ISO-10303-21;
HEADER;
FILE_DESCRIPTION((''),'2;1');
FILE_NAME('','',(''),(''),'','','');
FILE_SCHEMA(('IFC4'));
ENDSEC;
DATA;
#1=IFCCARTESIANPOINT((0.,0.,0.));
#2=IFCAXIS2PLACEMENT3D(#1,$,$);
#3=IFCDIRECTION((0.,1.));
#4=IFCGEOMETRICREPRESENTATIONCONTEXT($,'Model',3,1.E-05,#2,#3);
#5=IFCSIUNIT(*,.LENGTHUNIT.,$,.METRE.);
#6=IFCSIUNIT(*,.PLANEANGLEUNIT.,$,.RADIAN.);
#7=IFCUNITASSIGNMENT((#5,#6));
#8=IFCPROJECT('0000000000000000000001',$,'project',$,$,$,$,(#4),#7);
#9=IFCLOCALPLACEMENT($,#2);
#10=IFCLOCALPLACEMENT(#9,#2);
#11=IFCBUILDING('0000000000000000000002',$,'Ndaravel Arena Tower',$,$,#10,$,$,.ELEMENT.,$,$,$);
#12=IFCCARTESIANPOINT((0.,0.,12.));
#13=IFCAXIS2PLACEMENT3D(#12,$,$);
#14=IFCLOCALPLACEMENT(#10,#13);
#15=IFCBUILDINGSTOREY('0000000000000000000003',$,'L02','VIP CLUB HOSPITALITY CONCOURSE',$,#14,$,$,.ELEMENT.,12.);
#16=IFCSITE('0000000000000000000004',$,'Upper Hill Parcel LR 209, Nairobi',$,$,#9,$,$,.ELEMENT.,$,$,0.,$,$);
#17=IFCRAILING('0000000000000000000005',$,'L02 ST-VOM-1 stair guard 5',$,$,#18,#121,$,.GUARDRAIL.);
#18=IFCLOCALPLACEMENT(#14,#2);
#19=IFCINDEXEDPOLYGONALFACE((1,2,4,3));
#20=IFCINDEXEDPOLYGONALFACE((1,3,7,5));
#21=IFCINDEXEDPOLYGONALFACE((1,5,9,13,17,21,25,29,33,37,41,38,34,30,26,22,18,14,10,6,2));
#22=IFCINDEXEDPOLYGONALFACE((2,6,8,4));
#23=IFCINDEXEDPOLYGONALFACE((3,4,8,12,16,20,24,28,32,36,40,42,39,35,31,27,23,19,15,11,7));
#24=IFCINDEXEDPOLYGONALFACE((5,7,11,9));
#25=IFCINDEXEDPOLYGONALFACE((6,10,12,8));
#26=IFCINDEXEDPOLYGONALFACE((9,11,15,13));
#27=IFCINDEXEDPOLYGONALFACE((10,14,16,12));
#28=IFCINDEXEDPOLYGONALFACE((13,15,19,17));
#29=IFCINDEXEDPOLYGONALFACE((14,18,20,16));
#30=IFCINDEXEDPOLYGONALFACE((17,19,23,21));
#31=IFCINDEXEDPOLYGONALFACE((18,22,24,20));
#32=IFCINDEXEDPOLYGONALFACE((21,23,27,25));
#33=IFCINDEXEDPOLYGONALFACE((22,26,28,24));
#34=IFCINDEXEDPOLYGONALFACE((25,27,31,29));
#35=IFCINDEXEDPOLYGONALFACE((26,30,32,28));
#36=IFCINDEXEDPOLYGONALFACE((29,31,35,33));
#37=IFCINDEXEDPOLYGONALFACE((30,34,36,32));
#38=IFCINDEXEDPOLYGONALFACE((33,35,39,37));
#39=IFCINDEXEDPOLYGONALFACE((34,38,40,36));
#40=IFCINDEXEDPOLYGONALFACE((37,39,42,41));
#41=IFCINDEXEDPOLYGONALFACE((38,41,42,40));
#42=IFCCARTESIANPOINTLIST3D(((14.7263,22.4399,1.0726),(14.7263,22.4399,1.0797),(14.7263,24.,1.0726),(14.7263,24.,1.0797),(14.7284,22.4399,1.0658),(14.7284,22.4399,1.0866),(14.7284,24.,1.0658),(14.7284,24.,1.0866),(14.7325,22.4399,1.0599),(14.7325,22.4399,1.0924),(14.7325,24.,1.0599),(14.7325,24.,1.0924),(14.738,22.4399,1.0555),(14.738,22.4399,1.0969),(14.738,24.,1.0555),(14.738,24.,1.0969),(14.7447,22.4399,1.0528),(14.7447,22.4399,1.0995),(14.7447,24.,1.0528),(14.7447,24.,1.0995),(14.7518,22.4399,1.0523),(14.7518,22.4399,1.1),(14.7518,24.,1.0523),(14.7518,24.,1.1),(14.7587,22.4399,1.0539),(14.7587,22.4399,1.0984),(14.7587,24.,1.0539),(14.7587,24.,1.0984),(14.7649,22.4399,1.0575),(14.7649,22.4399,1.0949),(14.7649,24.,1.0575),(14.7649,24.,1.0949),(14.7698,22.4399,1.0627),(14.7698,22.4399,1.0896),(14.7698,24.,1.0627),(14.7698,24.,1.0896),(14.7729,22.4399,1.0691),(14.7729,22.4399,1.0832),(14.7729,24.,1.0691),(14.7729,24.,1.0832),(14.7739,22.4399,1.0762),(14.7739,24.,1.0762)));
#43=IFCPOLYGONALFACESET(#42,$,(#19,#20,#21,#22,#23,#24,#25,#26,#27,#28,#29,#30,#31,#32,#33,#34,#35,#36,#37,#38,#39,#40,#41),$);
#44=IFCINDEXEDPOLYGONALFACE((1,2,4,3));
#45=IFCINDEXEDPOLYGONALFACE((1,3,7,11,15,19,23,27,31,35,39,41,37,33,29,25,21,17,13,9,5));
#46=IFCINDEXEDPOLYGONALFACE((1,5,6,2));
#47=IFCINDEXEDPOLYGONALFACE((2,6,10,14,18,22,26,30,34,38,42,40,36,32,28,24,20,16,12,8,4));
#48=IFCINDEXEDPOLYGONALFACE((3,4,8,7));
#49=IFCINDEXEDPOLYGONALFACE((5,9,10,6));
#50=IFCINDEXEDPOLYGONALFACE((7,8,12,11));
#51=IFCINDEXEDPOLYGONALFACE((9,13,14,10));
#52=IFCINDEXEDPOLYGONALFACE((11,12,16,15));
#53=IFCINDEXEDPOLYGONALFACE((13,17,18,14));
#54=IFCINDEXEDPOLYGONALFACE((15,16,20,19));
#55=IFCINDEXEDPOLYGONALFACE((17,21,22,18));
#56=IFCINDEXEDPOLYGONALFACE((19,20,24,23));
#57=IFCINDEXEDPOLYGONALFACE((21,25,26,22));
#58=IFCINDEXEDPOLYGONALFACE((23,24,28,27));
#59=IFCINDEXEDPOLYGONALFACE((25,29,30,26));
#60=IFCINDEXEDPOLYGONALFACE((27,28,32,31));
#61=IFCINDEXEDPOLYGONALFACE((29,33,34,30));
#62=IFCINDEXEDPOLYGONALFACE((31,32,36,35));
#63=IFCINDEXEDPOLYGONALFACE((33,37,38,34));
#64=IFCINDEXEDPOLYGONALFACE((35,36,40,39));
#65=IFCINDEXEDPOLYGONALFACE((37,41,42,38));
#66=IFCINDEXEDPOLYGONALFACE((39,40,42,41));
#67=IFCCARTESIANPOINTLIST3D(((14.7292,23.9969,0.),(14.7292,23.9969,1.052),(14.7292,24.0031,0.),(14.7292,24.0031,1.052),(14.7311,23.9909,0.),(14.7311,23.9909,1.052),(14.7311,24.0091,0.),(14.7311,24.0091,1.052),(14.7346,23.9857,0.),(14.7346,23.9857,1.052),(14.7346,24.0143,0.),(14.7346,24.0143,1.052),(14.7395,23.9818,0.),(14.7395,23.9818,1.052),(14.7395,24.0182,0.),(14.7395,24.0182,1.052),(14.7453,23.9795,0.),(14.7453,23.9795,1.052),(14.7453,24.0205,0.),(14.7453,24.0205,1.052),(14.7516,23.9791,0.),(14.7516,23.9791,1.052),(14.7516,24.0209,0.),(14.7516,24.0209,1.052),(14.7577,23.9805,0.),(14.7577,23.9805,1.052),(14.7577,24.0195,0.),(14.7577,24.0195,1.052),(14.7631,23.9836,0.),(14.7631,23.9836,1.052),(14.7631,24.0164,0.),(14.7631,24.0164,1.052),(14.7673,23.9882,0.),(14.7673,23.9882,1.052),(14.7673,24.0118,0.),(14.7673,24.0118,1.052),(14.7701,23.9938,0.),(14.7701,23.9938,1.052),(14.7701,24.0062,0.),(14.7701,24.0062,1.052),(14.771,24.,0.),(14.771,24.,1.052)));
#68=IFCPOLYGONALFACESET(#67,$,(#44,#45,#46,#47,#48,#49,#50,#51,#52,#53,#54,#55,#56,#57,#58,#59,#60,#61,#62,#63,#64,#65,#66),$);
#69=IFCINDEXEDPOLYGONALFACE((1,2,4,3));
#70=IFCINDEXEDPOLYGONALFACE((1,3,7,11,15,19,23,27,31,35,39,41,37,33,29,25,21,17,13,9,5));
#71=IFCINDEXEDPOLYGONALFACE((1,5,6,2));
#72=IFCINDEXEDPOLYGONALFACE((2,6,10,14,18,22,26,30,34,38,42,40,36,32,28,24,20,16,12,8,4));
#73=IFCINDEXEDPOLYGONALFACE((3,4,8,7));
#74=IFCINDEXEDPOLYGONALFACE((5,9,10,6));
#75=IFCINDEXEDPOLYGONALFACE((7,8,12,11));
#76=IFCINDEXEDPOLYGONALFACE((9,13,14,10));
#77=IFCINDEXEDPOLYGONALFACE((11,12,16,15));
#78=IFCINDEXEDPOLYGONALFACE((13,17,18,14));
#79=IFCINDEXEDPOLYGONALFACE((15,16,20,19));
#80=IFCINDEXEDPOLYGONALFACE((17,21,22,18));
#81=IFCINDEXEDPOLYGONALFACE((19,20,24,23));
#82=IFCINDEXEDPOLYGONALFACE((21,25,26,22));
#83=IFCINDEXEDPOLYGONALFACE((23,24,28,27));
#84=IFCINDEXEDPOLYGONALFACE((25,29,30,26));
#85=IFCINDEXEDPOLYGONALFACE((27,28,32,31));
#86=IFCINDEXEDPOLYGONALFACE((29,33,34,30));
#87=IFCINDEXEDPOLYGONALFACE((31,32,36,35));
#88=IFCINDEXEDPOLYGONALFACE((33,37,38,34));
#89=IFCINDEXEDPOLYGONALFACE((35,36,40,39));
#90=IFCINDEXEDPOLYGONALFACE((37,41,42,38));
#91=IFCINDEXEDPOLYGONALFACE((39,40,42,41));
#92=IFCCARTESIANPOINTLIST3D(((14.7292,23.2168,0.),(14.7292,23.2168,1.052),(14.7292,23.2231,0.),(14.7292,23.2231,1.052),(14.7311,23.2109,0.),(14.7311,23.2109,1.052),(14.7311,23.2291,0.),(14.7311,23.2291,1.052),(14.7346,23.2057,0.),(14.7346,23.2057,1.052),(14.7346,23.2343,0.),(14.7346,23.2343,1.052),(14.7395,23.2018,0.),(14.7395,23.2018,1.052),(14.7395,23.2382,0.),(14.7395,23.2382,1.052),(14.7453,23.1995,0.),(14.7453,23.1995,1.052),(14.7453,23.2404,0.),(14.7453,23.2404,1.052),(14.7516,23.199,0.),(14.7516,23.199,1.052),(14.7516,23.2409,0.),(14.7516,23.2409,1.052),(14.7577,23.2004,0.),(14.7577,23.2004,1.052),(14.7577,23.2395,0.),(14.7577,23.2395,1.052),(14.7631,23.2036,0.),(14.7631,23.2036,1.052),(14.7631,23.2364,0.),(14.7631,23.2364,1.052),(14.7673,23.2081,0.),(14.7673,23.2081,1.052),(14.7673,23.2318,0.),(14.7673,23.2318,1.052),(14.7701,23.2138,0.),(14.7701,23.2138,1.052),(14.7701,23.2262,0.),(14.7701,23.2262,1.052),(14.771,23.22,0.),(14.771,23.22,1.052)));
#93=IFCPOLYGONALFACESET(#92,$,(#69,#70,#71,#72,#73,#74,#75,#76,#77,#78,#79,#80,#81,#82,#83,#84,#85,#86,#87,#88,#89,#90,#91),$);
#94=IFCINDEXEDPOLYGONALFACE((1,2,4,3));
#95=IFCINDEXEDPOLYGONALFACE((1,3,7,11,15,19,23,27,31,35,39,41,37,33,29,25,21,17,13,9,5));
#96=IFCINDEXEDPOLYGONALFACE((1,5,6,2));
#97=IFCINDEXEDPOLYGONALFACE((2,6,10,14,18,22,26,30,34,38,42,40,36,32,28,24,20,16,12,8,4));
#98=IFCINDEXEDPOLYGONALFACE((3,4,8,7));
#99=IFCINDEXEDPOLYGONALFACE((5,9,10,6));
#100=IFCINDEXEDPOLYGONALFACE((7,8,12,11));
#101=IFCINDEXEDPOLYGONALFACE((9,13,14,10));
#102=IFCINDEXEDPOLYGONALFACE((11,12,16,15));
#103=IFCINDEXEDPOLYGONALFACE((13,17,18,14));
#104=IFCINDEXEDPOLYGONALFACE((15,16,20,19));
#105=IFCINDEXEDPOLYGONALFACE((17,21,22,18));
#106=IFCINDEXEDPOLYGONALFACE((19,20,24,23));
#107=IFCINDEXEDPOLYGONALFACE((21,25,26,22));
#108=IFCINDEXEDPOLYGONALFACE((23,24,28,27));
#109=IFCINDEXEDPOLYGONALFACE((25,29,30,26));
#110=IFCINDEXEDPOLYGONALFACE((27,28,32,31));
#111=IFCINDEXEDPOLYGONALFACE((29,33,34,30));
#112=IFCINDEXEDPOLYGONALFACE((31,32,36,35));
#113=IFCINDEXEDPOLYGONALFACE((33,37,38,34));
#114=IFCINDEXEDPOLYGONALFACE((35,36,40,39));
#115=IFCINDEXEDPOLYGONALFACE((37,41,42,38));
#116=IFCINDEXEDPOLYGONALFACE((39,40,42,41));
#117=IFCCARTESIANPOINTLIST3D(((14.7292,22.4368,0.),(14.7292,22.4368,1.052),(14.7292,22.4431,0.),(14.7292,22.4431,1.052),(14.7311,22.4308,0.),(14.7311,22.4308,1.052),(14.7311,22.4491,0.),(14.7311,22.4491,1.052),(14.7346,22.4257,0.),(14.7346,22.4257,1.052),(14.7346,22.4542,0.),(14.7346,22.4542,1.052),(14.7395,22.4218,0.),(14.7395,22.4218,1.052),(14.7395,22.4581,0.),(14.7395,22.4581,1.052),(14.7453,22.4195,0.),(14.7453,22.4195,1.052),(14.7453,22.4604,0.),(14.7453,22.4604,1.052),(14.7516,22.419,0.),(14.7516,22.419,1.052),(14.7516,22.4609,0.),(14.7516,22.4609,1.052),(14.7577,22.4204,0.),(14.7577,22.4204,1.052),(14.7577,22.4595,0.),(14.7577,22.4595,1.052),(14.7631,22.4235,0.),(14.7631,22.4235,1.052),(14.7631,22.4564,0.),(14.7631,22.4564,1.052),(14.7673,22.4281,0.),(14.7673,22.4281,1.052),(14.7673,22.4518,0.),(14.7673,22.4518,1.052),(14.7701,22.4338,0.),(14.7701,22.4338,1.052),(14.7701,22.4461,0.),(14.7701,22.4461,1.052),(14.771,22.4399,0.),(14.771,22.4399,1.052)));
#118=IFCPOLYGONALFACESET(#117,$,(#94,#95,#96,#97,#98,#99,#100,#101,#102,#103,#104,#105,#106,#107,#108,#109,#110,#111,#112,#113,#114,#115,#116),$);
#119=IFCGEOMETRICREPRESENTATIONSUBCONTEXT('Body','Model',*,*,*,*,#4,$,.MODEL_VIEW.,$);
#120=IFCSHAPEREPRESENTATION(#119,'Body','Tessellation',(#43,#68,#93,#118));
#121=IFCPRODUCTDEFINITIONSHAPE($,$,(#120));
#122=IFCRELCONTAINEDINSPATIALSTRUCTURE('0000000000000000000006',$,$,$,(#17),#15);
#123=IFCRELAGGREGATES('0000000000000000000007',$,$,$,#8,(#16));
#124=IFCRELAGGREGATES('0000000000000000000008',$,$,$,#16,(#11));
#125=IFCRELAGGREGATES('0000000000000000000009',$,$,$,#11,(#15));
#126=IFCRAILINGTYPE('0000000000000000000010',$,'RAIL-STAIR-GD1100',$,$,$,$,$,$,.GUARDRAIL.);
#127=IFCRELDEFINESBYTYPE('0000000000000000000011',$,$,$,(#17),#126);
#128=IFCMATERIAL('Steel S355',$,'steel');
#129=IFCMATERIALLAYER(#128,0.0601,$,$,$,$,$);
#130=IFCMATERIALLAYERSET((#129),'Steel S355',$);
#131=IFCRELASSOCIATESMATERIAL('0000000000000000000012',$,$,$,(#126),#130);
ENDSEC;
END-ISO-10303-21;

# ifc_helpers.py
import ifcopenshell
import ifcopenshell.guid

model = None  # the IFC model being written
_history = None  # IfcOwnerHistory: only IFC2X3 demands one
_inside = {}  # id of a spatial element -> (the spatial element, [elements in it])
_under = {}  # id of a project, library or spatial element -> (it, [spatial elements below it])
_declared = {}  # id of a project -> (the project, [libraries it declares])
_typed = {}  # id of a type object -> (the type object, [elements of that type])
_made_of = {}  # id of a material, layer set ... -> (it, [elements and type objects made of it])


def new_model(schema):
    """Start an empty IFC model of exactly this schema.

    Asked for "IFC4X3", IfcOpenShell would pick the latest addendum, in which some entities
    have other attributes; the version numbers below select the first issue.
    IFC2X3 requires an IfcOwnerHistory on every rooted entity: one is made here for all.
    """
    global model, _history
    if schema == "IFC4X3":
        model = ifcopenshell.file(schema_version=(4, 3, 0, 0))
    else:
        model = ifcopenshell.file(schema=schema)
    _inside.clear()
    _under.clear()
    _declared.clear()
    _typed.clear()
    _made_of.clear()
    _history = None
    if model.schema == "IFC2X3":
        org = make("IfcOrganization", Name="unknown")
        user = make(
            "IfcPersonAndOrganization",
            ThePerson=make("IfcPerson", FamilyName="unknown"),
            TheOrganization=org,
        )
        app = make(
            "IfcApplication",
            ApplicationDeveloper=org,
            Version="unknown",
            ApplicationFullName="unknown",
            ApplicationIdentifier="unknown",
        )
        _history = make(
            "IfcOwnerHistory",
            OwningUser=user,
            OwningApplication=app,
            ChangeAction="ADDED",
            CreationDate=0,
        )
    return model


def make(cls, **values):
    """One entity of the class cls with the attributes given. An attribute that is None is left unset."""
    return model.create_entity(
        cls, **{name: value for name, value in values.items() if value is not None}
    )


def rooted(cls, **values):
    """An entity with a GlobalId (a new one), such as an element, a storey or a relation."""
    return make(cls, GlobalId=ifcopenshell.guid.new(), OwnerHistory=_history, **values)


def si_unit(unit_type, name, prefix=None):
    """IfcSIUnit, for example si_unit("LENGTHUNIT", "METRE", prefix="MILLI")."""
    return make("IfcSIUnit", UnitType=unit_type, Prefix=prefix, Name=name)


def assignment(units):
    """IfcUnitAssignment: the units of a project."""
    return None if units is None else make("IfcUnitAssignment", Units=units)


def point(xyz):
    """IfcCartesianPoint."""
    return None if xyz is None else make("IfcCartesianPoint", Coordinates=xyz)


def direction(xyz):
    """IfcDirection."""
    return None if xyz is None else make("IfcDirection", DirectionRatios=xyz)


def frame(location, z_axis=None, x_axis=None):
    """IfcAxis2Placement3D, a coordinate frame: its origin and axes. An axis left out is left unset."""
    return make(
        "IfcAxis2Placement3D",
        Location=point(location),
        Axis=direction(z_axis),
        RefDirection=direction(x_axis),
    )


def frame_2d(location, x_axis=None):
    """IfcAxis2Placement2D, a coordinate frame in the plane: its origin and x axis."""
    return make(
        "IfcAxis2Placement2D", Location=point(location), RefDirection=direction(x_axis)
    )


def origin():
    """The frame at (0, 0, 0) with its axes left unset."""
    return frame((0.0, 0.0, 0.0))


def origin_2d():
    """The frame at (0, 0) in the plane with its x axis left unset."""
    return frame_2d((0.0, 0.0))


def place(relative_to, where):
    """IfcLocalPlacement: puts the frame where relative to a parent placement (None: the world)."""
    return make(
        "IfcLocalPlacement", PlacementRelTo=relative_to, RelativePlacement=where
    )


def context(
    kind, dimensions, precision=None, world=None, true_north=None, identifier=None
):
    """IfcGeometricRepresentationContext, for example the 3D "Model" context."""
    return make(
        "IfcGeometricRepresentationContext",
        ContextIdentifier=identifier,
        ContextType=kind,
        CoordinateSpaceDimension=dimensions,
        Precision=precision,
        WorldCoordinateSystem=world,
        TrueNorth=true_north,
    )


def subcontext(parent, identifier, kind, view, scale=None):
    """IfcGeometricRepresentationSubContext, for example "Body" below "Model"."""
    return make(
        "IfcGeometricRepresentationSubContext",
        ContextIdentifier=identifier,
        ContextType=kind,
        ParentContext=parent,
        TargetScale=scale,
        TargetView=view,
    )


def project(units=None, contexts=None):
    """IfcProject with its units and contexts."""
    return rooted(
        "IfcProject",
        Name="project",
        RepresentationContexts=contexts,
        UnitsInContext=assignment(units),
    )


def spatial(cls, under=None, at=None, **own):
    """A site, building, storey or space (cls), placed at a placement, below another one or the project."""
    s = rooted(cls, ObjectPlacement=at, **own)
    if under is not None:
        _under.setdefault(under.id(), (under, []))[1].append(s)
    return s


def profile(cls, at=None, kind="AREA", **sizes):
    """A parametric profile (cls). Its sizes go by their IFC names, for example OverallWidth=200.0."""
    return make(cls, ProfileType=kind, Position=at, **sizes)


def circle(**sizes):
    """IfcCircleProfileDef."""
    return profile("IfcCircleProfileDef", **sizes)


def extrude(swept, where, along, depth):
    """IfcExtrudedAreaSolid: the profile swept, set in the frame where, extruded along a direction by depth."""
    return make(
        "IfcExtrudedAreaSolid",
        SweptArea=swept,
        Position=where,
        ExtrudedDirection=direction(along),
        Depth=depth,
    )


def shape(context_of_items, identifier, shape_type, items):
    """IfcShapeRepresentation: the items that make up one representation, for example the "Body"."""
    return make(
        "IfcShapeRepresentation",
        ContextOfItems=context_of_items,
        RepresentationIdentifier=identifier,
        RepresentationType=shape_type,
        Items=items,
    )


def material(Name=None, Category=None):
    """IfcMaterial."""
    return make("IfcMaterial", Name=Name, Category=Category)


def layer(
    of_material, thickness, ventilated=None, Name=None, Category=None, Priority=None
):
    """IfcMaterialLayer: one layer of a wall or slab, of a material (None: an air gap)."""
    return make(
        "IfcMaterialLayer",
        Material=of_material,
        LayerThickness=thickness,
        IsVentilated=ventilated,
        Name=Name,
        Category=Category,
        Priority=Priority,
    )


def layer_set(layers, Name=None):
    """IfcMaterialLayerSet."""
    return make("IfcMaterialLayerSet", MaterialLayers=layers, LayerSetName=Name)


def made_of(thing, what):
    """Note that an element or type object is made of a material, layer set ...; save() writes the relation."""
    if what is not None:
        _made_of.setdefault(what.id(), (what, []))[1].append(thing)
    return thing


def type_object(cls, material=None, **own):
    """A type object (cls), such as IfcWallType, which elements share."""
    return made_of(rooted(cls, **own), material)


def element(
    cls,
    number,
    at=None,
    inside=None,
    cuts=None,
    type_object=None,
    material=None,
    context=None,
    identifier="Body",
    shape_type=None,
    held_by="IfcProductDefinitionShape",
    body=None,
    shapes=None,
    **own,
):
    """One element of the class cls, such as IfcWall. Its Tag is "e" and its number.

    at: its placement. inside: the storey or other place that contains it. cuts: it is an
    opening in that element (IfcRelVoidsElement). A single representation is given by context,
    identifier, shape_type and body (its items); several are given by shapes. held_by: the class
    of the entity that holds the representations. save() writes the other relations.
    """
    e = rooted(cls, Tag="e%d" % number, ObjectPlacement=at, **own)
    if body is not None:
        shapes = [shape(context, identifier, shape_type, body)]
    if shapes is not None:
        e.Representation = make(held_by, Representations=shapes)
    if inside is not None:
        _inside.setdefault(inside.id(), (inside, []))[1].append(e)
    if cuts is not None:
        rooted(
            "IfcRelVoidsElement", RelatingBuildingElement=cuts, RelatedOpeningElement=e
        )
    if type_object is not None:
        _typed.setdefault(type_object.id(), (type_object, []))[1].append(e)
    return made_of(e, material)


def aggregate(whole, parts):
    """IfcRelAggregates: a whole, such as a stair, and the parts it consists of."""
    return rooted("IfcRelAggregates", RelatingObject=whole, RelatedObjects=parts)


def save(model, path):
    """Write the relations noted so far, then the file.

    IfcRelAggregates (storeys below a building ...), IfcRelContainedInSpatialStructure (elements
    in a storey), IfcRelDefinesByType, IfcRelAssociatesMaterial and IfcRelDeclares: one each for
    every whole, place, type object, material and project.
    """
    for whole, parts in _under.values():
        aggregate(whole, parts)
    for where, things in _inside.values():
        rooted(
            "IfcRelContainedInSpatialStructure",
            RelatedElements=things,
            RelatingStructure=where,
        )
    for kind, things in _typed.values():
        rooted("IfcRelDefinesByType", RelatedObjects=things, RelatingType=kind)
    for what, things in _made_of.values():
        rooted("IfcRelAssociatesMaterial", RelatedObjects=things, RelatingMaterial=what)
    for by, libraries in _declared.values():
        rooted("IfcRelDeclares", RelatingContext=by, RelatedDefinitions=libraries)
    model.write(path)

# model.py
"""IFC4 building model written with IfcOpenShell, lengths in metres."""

from ifc_helpers import new_model, si_unit, direction, frame, origin, origin_2d, place, context, subcontext, project, spatial, circle, extrude, material, layer, layer_set, type_object, element, save


model = new_model("IFC4")

# Units and contexts
model_context = context("Model", 3, precision=1e-05, world=origin(), true_north=direction((0.0, 1.0)))
body_context = subcontext(model_context, "Body", "Model", "MODEL_VIEW")
ifc_project = project(units=[si_unit("LENGTHUNIT", "METRE"), si_unit("PLANEANGLEUNIT", "RADIAN")], contexts=[model_context])

# Site, building, storey
site_placement = place(None, origin())
site = spatial("IfcSite", under=ifc_project, at=site_placement, Name="Upper Hill Parcel LR 209, Nairobi", CompositionType="ELEMENT", RefElevation=0.0)
building_placement = place(site_placement, origin())
building = spatial("IfcBuilding", under=site, at=building_placement, Name="Ndaravel Arena Tower", CompositionType="ELEMENT")
storey_placement = place(building_placement, frame((0.0, 0.0, 12.0)))
storey = spatial("IfcBuildingStorey", under=building, at=storey_placement, Name="L02", Description="VIP CLUB HOSPITALITY CONCOURSE", CompositionType="ELEMENT", Elevation=12.0)

# Railing
ifc_material_1 = material(Name="Steel S355", Category="steel")
ifc_layer_1 = layer(ifc_material_1, 0.0601)
ifc_layer_set_1 = layer_set([ifc_layer_1], Name="Steel S355")
railing_type_1 = type_object("IfcRailingType", Name="RAIL-STAIR-GD1100", PredefinedType="GUARDRAIL", material=ifc_layer_set_1)
railing_1_placement = place(storey_placement, frame((14.75, 24.0, 0.0)))
element("IfcRailing", 1, at=railing_1_placement, inside=storey, type_object=railing_type_1, Name="L02 ST-VOM-1 stair guard 5", PredefinedType="GUARDRAIL", context=body_context, shape_type="SweptSolid", body=[
    extrude(circle(Radius=0.0239, at=origin_2d()), frame((0.0, 0.0, 1.0762), z_axis=(0.0, -1.0, 0.0), x_axis=(1.0, 0.0, 0.0)), (0.0, 0.0, 1.0), 1.5601),
    extrude(circle(Radius=0.021, at=origin_2d()), origin(), (0.0, 0.0, 1.0), 1.052),
    extrude(circle(Radius=0.021, at=origin_2d()), frame((0.0, -0.78, 0.0)), (0.0, 0.0, 1.0), 1.052),
    extrude(circle(Radius=0.021, at=origin_2d()), frame((0.0, -1.5601, 0.0)), (0.0, 0.0, 1.0), 1.052),
])

save(model, "model.ifc")
